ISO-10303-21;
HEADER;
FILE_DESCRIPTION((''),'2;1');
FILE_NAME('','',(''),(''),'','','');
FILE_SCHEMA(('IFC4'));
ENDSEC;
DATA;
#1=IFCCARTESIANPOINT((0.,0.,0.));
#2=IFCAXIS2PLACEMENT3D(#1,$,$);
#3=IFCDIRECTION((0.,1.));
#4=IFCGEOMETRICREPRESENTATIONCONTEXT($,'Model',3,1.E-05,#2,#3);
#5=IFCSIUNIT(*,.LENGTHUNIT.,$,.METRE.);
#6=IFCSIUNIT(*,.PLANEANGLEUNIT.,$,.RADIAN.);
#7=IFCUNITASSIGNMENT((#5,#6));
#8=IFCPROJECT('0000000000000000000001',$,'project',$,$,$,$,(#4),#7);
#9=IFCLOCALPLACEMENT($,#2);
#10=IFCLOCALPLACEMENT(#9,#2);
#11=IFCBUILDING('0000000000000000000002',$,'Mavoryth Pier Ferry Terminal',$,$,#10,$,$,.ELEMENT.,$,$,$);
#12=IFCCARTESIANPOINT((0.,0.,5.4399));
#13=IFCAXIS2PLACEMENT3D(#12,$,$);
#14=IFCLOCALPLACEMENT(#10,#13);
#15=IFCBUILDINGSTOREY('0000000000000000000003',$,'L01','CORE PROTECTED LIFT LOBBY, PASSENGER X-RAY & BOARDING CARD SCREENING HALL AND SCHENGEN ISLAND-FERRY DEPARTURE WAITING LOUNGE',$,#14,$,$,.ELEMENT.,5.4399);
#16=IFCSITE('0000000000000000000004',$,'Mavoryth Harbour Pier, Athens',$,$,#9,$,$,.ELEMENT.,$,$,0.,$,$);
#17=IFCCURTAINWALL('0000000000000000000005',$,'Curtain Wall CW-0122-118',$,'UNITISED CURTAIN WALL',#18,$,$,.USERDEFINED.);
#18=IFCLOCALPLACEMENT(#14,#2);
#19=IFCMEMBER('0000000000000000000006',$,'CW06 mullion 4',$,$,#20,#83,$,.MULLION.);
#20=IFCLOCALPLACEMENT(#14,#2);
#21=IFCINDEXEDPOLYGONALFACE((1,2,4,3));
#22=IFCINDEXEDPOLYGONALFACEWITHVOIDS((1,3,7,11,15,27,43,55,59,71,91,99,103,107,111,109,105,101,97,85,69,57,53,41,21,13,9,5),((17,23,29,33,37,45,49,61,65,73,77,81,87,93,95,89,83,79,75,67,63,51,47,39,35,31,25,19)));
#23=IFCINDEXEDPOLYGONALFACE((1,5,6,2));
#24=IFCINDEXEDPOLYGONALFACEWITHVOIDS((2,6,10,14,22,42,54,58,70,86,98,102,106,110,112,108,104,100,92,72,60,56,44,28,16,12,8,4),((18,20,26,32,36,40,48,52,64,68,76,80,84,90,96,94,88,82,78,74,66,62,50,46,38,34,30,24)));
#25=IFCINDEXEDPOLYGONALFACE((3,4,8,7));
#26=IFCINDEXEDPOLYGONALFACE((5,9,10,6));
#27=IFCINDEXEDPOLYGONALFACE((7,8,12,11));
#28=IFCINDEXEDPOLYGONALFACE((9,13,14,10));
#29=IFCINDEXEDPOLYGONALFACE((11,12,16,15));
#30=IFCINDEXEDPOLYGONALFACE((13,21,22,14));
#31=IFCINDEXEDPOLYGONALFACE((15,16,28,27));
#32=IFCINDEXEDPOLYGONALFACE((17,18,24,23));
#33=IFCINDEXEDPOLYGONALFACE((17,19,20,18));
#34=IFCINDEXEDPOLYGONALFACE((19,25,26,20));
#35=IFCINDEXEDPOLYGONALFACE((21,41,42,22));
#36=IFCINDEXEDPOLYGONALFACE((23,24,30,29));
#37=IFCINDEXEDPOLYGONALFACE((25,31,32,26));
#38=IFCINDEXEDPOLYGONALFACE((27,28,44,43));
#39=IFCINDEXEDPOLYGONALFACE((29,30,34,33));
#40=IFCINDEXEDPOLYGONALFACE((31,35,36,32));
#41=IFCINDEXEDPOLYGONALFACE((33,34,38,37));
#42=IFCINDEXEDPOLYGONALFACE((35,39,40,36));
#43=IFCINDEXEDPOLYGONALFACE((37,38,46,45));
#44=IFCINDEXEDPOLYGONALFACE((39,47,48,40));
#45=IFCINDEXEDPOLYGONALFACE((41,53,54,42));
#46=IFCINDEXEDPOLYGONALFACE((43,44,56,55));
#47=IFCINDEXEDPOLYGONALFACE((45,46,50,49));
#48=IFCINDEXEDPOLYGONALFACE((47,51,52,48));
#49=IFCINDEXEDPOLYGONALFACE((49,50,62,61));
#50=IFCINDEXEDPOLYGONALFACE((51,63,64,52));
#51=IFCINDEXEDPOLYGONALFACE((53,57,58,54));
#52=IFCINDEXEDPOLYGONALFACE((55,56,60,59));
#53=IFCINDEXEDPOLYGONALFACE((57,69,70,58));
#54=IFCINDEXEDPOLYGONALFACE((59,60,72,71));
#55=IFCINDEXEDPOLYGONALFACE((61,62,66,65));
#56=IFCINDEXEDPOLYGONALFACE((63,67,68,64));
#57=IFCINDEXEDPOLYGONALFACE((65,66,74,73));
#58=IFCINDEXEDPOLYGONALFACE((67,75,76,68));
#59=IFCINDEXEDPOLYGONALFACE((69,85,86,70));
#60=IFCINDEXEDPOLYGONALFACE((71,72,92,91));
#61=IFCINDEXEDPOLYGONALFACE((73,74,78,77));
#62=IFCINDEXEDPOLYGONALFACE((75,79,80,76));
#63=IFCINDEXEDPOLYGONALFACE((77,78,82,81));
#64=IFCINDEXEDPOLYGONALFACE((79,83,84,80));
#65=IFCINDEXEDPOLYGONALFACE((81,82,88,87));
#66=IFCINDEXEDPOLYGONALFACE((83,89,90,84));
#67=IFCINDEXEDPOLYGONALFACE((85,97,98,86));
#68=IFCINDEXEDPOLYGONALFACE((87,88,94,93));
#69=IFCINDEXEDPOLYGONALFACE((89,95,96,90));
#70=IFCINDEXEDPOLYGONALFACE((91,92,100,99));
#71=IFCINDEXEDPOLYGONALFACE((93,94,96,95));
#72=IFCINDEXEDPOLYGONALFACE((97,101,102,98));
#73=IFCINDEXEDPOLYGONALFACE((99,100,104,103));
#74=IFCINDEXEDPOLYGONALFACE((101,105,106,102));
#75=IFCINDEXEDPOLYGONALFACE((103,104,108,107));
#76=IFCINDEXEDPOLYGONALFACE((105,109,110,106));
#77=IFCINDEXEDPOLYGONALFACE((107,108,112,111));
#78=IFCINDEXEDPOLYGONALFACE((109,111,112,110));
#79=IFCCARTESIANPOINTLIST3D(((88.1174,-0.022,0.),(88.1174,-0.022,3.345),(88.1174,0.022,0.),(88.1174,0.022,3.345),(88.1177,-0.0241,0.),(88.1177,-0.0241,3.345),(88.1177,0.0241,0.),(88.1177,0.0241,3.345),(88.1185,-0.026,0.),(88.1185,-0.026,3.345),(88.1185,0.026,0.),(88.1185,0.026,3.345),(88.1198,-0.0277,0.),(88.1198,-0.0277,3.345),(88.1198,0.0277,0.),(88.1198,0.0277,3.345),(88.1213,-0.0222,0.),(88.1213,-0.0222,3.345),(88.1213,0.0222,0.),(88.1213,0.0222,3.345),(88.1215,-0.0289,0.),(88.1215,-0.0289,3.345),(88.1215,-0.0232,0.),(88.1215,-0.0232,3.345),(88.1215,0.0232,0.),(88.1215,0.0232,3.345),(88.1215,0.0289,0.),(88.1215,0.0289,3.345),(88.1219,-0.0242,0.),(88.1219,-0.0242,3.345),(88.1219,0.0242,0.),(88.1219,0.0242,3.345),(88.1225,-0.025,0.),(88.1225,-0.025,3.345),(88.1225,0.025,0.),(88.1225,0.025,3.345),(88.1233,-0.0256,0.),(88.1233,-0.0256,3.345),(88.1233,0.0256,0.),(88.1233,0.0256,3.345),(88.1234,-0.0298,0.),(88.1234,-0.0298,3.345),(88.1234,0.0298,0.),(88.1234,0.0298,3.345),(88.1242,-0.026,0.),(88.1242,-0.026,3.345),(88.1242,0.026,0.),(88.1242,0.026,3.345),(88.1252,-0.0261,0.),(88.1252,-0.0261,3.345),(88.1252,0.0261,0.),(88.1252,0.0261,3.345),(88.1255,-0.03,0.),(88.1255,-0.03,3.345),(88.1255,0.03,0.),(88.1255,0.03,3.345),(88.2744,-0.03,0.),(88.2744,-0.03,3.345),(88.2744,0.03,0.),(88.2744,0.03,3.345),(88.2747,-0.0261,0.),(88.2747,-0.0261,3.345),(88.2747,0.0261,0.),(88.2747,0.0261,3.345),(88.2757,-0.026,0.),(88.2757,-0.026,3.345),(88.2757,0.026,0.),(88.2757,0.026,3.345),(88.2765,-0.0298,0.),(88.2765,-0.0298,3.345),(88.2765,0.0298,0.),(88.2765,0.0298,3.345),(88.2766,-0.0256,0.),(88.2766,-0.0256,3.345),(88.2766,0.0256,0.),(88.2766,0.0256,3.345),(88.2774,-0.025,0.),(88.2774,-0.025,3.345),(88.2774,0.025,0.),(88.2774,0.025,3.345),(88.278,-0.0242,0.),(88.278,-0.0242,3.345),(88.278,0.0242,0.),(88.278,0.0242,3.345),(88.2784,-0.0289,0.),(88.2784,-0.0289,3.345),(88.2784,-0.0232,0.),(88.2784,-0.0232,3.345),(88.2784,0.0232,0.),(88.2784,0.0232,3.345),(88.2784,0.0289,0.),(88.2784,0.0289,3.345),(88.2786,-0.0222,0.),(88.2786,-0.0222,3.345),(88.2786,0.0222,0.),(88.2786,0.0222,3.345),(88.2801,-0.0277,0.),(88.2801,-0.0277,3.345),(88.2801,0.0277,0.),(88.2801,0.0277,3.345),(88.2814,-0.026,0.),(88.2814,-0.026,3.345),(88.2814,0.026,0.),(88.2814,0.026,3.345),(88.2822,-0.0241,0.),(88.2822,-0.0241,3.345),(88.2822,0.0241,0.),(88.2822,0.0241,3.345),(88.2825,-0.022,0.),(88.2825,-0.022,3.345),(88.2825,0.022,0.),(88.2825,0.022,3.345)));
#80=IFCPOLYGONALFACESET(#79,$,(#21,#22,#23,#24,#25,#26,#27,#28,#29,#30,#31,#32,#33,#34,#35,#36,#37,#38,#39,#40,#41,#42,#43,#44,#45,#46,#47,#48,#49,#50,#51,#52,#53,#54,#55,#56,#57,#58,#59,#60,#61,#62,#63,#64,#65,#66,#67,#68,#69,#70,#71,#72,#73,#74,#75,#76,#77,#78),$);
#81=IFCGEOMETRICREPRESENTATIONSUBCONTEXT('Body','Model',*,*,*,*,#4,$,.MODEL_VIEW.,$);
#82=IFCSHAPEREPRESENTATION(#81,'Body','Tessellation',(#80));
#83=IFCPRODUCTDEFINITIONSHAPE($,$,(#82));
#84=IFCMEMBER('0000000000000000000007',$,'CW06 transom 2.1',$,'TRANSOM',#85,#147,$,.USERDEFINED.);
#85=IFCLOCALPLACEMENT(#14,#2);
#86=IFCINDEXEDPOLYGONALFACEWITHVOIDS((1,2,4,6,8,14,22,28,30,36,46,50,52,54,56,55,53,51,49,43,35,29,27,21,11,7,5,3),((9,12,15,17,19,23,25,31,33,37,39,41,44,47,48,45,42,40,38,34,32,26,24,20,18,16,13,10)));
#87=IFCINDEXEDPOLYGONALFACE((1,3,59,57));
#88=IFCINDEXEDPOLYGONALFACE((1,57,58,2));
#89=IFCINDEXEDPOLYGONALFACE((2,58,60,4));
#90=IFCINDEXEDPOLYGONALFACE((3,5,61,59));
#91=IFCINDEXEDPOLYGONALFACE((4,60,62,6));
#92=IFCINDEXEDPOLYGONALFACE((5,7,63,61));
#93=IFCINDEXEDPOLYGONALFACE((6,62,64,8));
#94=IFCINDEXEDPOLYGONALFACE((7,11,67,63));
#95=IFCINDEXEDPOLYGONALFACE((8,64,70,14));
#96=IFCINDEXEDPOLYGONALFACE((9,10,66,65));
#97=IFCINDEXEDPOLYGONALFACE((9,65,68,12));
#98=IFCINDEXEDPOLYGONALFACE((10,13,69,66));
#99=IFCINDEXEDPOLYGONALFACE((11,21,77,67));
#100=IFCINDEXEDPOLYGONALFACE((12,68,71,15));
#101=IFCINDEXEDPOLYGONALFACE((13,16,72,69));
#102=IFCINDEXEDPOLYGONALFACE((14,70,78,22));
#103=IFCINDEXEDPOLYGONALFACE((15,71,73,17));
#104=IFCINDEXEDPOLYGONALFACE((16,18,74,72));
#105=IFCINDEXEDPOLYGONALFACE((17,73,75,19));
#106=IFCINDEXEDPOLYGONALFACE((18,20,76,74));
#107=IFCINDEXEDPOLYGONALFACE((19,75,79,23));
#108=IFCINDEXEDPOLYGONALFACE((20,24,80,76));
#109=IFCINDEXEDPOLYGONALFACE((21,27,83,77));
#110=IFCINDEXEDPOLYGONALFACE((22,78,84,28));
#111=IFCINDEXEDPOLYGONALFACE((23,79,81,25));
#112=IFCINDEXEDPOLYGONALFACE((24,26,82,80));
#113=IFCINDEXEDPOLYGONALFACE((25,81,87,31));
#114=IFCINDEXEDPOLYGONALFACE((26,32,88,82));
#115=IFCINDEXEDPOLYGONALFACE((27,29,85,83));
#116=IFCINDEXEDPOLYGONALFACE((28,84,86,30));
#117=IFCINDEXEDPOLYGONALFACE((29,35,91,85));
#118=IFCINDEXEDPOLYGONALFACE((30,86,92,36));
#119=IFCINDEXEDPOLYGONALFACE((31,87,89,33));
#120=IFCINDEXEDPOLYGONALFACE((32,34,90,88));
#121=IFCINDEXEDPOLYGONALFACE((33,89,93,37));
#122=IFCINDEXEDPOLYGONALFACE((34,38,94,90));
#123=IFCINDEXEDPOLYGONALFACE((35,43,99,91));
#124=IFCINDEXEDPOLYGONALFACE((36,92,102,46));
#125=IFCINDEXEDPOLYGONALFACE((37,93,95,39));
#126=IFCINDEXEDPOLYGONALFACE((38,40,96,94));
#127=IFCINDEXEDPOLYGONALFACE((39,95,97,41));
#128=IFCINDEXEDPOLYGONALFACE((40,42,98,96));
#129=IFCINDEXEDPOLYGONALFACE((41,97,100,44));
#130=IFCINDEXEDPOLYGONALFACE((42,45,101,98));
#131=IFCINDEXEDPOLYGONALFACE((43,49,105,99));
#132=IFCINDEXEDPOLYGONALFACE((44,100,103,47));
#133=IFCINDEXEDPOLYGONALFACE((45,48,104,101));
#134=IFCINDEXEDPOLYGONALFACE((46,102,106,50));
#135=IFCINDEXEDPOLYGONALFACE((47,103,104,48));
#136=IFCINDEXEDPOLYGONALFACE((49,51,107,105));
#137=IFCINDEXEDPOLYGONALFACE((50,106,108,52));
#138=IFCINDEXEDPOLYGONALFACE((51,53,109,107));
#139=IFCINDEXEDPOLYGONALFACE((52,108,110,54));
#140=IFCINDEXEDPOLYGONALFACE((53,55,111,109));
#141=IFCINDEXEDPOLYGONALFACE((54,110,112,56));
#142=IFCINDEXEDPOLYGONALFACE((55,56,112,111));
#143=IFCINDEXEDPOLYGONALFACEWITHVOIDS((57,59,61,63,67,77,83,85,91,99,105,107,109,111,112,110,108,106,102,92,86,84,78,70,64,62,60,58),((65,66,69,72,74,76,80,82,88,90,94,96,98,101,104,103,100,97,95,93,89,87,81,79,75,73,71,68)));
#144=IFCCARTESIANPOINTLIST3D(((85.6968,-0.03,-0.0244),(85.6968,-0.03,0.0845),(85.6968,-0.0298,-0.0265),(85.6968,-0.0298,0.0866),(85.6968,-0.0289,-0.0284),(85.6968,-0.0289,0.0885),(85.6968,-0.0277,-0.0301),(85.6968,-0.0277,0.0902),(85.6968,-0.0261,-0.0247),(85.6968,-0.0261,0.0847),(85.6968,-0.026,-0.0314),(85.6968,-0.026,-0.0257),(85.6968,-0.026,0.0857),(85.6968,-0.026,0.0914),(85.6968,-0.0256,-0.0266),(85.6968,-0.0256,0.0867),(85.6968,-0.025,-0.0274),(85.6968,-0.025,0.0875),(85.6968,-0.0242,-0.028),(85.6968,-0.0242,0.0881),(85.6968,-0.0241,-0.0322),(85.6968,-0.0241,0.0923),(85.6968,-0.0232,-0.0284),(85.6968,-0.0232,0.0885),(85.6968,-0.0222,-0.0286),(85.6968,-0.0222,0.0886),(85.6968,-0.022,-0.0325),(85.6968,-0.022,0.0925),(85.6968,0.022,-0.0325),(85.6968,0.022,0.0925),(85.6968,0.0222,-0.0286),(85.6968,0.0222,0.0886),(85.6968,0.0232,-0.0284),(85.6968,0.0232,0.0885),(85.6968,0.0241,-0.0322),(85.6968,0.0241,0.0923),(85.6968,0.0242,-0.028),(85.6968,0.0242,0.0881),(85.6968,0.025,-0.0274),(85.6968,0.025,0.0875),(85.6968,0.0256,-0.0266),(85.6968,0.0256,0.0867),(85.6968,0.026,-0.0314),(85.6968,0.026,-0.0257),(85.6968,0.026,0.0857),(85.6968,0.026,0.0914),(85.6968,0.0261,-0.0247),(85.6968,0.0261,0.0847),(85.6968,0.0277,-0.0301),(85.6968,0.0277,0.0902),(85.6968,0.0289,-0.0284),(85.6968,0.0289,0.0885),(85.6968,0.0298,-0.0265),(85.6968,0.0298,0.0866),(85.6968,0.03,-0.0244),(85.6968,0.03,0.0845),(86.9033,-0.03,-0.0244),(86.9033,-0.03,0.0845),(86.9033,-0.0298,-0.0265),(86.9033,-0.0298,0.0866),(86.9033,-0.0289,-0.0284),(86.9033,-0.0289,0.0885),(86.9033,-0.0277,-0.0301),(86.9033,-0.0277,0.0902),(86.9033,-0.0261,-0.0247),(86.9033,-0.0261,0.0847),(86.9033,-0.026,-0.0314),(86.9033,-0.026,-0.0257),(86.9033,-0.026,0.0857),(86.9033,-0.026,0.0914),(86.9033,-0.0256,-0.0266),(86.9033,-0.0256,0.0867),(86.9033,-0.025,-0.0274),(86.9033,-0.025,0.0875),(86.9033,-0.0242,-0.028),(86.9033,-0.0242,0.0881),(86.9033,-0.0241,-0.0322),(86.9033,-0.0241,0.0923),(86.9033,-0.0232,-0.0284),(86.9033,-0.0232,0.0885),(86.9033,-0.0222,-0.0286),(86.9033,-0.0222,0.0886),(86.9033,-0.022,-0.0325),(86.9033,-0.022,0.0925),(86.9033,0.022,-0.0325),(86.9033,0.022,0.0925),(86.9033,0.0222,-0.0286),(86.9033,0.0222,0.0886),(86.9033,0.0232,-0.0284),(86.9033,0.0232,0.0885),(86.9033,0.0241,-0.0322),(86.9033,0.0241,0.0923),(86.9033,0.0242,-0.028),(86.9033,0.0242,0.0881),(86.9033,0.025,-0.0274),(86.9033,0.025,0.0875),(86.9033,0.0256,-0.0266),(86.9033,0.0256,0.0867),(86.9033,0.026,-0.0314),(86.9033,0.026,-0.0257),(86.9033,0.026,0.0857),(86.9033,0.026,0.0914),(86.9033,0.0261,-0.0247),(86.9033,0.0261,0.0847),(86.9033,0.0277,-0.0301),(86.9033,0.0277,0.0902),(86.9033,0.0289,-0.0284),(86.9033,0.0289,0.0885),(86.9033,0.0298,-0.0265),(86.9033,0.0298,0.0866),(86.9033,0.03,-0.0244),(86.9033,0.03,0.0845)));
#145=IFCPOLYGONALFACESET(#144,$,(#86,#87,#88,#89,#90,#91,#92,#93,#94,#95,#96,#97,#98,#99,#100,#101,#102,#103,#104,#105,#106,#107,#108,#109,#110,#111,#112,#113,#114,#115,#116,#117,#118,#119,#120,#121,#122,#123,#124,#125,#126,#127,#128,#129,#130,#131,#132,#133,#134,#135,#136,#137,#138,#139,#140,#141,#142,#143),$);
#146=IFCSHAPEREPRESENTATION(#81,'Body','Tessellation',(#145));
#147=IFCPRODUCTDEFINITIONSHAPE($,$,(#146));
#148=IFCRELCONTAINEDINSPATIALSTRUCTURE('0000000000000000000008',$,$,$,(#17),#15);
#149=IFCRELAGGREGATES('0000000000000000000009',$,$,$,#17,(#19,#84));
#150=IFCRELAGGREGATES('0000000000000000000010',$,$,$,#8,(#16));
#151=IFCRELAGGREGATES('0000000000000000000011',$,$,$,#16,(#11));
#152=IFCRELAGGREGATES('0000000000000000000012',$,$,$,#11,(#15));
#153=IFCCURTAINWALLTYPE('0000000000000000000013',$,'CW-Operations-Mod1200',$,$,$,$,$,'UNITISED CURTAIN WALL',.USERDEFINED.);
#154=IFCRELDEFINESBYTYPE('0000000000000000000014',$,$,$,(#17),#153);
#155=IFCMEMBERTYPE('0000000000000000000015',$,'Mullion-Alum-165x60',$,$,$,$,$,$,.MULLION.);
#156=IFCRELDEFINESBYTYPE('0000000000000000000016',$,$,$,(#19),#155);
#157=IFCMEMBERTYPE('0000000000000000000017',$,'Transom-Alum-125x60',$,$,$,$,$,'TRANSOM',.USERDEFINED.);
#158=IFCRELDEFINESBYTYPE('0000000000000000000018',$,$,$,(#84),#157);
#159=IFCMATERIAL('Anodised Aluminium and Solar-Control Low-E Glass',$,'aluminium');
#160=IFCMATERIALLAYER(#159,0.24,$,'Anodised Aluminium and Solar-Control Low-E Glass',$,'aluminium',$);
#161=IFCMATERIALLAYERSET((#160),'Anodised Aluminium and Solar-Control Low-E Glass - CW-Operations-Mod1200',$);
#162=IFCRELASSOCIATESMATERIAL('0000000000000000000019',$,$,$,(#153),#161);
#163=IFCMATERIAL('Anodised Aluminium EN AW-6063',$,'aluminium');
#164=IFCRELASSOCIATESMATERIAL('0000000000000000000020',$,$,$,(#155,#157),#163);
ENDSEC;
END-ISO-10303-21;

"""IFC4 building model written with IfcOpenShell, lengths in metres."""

from ifc_helpers import new_model, si_unit, direction, frame, origin, origin_2d, place, context, subcontext, project, spatial, hollow_rectangle, extrude, material, layer, layer_set, material_profile, profile_set, type_object, element, aggregate, save


model = new_model("IFC4")

# Units and contexts
model_context = context("Model", 3, precision=1e-05, world=origin(), true_north=direction((0.0, 1.0)))
body_context = subcontext(model_context, "Body", "Model", "MODEL_VIEW")
ifc_project = project(units=[si_unit("LENGTHUNIT", "METRE"), si_unit("PLANEANGLEUNIT", "RADIAN")], contexts=[model_context])

# Site, building, storey
site_placement = place(None, origin())
site = spatial("IfcSite", under=ifc_project, at=site_placement, Name="Mavoryth Harbour Pier, Athens", CompositionType="ELEMENT", RefElevation=0.0)
building_placement = place(site_placement, origin())
building = spatial("IfcBuilding", under=site, at=building_placement, Name="Mavoryth Pier Ferry Terminal", CompositionType="ELEMENT")
storey_placement = place(building_placement, frame((0.0, 0.0, 5.4399)))
storey = spatial("IfcBuildingStorey", under=building, at=storey_placement, Name="L01", Description="CORE PROTECTED LIFT LOBBY, PASSENGER X-RAY & BOARDING CARD SCREENING HALL AND SCHENGEN ISLAND-FERRY DEPARTURE WAITING LOUNGE", CompositionType="ELEMENT", Elevation=5.4399)

# Curtain wall, members
ifc_material_1 = material(Name="Anodised Aluminium and Solar-Control Low-E Glass", Category="aluminium")
ifc_layer_1 = layer(ifc_material_1, 0.24, Name="Anodised Aluminium and Solar-Control Low-E Glass", Category="aluminium")
ifc_layer_set_1 = layer_set([ifc_layer_1], Name="Anodised Aluminium and Solar-Control Low-E Glass - CW-Operations-Mod1200")
curtain_wall_type = type_object("IfcCurtainWallType", Name="CW-Operations-Mod1200", ElementType="UNITISED CURTAIN WALL", PredefinedType="USERDEFINED", material=ifc_layer_set_1)
curtain_wall_placement = place(storey_placement, origin())
curtain_wall = element("IfcCurtainWall", 1, at=curtain_wall_placement, inside=storey, type_object=curtain_wall_type, Name="Curtain Wall CW-0122-118", ObjectType="UNITISED CURTAIN WALL", PredefinedType="USERDEFINED")
ifc_material_2 = material(Name="Anodised Aluminium EN AW-6063", Category="aluminium")
ifc_material_profile_1 = material_profile(ifc_material_2, hollow_rectangle(XDim=0.0601, YDim=0.165, WallThickness=0.0039, InnerFilletRadius=0.0039, OuterFilletRadius=0.0081, at=origin_2d()), Name="AL-MULL 165x60x4", Category="aluminium")
ifc_profile_set_1 = profile_set([ifc_material_profile_1], Name="Anodised Aluminium EN AW-6063 - AL-MULL 165x60x4")
member_type_1 = type_object("IfcMemberType", Name="Mullion-Alum-165x60", PredefinedType="MULLION", material=ifc_profile_set_1)
member_1_placement = place(storey_placement, frame((88.2, 0.0, 0.0), z_axis=(0.0, 0.0, 1.0), x_axis=(0.0, 1.0, 0.0)))
member_1 = element("IfcMember", 2, at=member_1_placement, type_object=member_type_1, Name="CW06 mullion 4", PredefinedType="MULLION", context=body_context, shape_type="SweptSolid", body=[
    extrude(hollow_rectangle(XDim=0.0601, YDim=0.165, WallThickness=0.0039, InnerFilletRadius=0.0039, OuterFilletRadius=0.0081, at=origin_2d()), origin(), (0.0, 0.0, 1.0), 3.345),
])
ifc_material_profile_2 = material_profile(ifc_material_2, hollow_rectangle(XDim=0.0601, YDim=0.125, WallThickness=0.0039, InnerFilletRadius=0.0039, OuterFilletRadius=0.0081, at=origin_2d()), Name="AL-TRAN 125x60x4", Category="aluminium")
ifc_profile_set_2 = profile_set([ifc_material_profile_2], Name="Anodised Aluminium EN AW-6063 - AL-TRAN 125x60x4")
member_type_2 = type_object("IfcMemberType", Name="Transom-Alum-125x60", ElementType="TRANSOM", PredefinedType="USERDEFINED", material=ifc_profile_set_2)
member_2_placement = place(storey_placement, frame((85.6968, 0.0, 0.03), z_axis=(1.0, 0.0, 0.0), x_axis=(0.0, 1.0, 0.0)))
member_2 = element("IfcMember", 3, at=member_2_placement, type_object=member_type_2, Name="CW06 transom 2.1", ObjectType="TRANSOM", PredefinedType="USERDEFINED", context=body_context, shape_type="SweptSolid", body=[
    extrude(hollow_rectangle(XDim=0.0601, YDim=0.125, WallThickness=0.0039, InnerFilletRadius=0.0039, OuterFilletRadius=0.0081, at=origin_2d()), origin(), (0.0, 0.0, 1.0), 1.2065),
])
aggregate(curtain_wall, [member_1, member_2])

save(model, "model.ifc")
